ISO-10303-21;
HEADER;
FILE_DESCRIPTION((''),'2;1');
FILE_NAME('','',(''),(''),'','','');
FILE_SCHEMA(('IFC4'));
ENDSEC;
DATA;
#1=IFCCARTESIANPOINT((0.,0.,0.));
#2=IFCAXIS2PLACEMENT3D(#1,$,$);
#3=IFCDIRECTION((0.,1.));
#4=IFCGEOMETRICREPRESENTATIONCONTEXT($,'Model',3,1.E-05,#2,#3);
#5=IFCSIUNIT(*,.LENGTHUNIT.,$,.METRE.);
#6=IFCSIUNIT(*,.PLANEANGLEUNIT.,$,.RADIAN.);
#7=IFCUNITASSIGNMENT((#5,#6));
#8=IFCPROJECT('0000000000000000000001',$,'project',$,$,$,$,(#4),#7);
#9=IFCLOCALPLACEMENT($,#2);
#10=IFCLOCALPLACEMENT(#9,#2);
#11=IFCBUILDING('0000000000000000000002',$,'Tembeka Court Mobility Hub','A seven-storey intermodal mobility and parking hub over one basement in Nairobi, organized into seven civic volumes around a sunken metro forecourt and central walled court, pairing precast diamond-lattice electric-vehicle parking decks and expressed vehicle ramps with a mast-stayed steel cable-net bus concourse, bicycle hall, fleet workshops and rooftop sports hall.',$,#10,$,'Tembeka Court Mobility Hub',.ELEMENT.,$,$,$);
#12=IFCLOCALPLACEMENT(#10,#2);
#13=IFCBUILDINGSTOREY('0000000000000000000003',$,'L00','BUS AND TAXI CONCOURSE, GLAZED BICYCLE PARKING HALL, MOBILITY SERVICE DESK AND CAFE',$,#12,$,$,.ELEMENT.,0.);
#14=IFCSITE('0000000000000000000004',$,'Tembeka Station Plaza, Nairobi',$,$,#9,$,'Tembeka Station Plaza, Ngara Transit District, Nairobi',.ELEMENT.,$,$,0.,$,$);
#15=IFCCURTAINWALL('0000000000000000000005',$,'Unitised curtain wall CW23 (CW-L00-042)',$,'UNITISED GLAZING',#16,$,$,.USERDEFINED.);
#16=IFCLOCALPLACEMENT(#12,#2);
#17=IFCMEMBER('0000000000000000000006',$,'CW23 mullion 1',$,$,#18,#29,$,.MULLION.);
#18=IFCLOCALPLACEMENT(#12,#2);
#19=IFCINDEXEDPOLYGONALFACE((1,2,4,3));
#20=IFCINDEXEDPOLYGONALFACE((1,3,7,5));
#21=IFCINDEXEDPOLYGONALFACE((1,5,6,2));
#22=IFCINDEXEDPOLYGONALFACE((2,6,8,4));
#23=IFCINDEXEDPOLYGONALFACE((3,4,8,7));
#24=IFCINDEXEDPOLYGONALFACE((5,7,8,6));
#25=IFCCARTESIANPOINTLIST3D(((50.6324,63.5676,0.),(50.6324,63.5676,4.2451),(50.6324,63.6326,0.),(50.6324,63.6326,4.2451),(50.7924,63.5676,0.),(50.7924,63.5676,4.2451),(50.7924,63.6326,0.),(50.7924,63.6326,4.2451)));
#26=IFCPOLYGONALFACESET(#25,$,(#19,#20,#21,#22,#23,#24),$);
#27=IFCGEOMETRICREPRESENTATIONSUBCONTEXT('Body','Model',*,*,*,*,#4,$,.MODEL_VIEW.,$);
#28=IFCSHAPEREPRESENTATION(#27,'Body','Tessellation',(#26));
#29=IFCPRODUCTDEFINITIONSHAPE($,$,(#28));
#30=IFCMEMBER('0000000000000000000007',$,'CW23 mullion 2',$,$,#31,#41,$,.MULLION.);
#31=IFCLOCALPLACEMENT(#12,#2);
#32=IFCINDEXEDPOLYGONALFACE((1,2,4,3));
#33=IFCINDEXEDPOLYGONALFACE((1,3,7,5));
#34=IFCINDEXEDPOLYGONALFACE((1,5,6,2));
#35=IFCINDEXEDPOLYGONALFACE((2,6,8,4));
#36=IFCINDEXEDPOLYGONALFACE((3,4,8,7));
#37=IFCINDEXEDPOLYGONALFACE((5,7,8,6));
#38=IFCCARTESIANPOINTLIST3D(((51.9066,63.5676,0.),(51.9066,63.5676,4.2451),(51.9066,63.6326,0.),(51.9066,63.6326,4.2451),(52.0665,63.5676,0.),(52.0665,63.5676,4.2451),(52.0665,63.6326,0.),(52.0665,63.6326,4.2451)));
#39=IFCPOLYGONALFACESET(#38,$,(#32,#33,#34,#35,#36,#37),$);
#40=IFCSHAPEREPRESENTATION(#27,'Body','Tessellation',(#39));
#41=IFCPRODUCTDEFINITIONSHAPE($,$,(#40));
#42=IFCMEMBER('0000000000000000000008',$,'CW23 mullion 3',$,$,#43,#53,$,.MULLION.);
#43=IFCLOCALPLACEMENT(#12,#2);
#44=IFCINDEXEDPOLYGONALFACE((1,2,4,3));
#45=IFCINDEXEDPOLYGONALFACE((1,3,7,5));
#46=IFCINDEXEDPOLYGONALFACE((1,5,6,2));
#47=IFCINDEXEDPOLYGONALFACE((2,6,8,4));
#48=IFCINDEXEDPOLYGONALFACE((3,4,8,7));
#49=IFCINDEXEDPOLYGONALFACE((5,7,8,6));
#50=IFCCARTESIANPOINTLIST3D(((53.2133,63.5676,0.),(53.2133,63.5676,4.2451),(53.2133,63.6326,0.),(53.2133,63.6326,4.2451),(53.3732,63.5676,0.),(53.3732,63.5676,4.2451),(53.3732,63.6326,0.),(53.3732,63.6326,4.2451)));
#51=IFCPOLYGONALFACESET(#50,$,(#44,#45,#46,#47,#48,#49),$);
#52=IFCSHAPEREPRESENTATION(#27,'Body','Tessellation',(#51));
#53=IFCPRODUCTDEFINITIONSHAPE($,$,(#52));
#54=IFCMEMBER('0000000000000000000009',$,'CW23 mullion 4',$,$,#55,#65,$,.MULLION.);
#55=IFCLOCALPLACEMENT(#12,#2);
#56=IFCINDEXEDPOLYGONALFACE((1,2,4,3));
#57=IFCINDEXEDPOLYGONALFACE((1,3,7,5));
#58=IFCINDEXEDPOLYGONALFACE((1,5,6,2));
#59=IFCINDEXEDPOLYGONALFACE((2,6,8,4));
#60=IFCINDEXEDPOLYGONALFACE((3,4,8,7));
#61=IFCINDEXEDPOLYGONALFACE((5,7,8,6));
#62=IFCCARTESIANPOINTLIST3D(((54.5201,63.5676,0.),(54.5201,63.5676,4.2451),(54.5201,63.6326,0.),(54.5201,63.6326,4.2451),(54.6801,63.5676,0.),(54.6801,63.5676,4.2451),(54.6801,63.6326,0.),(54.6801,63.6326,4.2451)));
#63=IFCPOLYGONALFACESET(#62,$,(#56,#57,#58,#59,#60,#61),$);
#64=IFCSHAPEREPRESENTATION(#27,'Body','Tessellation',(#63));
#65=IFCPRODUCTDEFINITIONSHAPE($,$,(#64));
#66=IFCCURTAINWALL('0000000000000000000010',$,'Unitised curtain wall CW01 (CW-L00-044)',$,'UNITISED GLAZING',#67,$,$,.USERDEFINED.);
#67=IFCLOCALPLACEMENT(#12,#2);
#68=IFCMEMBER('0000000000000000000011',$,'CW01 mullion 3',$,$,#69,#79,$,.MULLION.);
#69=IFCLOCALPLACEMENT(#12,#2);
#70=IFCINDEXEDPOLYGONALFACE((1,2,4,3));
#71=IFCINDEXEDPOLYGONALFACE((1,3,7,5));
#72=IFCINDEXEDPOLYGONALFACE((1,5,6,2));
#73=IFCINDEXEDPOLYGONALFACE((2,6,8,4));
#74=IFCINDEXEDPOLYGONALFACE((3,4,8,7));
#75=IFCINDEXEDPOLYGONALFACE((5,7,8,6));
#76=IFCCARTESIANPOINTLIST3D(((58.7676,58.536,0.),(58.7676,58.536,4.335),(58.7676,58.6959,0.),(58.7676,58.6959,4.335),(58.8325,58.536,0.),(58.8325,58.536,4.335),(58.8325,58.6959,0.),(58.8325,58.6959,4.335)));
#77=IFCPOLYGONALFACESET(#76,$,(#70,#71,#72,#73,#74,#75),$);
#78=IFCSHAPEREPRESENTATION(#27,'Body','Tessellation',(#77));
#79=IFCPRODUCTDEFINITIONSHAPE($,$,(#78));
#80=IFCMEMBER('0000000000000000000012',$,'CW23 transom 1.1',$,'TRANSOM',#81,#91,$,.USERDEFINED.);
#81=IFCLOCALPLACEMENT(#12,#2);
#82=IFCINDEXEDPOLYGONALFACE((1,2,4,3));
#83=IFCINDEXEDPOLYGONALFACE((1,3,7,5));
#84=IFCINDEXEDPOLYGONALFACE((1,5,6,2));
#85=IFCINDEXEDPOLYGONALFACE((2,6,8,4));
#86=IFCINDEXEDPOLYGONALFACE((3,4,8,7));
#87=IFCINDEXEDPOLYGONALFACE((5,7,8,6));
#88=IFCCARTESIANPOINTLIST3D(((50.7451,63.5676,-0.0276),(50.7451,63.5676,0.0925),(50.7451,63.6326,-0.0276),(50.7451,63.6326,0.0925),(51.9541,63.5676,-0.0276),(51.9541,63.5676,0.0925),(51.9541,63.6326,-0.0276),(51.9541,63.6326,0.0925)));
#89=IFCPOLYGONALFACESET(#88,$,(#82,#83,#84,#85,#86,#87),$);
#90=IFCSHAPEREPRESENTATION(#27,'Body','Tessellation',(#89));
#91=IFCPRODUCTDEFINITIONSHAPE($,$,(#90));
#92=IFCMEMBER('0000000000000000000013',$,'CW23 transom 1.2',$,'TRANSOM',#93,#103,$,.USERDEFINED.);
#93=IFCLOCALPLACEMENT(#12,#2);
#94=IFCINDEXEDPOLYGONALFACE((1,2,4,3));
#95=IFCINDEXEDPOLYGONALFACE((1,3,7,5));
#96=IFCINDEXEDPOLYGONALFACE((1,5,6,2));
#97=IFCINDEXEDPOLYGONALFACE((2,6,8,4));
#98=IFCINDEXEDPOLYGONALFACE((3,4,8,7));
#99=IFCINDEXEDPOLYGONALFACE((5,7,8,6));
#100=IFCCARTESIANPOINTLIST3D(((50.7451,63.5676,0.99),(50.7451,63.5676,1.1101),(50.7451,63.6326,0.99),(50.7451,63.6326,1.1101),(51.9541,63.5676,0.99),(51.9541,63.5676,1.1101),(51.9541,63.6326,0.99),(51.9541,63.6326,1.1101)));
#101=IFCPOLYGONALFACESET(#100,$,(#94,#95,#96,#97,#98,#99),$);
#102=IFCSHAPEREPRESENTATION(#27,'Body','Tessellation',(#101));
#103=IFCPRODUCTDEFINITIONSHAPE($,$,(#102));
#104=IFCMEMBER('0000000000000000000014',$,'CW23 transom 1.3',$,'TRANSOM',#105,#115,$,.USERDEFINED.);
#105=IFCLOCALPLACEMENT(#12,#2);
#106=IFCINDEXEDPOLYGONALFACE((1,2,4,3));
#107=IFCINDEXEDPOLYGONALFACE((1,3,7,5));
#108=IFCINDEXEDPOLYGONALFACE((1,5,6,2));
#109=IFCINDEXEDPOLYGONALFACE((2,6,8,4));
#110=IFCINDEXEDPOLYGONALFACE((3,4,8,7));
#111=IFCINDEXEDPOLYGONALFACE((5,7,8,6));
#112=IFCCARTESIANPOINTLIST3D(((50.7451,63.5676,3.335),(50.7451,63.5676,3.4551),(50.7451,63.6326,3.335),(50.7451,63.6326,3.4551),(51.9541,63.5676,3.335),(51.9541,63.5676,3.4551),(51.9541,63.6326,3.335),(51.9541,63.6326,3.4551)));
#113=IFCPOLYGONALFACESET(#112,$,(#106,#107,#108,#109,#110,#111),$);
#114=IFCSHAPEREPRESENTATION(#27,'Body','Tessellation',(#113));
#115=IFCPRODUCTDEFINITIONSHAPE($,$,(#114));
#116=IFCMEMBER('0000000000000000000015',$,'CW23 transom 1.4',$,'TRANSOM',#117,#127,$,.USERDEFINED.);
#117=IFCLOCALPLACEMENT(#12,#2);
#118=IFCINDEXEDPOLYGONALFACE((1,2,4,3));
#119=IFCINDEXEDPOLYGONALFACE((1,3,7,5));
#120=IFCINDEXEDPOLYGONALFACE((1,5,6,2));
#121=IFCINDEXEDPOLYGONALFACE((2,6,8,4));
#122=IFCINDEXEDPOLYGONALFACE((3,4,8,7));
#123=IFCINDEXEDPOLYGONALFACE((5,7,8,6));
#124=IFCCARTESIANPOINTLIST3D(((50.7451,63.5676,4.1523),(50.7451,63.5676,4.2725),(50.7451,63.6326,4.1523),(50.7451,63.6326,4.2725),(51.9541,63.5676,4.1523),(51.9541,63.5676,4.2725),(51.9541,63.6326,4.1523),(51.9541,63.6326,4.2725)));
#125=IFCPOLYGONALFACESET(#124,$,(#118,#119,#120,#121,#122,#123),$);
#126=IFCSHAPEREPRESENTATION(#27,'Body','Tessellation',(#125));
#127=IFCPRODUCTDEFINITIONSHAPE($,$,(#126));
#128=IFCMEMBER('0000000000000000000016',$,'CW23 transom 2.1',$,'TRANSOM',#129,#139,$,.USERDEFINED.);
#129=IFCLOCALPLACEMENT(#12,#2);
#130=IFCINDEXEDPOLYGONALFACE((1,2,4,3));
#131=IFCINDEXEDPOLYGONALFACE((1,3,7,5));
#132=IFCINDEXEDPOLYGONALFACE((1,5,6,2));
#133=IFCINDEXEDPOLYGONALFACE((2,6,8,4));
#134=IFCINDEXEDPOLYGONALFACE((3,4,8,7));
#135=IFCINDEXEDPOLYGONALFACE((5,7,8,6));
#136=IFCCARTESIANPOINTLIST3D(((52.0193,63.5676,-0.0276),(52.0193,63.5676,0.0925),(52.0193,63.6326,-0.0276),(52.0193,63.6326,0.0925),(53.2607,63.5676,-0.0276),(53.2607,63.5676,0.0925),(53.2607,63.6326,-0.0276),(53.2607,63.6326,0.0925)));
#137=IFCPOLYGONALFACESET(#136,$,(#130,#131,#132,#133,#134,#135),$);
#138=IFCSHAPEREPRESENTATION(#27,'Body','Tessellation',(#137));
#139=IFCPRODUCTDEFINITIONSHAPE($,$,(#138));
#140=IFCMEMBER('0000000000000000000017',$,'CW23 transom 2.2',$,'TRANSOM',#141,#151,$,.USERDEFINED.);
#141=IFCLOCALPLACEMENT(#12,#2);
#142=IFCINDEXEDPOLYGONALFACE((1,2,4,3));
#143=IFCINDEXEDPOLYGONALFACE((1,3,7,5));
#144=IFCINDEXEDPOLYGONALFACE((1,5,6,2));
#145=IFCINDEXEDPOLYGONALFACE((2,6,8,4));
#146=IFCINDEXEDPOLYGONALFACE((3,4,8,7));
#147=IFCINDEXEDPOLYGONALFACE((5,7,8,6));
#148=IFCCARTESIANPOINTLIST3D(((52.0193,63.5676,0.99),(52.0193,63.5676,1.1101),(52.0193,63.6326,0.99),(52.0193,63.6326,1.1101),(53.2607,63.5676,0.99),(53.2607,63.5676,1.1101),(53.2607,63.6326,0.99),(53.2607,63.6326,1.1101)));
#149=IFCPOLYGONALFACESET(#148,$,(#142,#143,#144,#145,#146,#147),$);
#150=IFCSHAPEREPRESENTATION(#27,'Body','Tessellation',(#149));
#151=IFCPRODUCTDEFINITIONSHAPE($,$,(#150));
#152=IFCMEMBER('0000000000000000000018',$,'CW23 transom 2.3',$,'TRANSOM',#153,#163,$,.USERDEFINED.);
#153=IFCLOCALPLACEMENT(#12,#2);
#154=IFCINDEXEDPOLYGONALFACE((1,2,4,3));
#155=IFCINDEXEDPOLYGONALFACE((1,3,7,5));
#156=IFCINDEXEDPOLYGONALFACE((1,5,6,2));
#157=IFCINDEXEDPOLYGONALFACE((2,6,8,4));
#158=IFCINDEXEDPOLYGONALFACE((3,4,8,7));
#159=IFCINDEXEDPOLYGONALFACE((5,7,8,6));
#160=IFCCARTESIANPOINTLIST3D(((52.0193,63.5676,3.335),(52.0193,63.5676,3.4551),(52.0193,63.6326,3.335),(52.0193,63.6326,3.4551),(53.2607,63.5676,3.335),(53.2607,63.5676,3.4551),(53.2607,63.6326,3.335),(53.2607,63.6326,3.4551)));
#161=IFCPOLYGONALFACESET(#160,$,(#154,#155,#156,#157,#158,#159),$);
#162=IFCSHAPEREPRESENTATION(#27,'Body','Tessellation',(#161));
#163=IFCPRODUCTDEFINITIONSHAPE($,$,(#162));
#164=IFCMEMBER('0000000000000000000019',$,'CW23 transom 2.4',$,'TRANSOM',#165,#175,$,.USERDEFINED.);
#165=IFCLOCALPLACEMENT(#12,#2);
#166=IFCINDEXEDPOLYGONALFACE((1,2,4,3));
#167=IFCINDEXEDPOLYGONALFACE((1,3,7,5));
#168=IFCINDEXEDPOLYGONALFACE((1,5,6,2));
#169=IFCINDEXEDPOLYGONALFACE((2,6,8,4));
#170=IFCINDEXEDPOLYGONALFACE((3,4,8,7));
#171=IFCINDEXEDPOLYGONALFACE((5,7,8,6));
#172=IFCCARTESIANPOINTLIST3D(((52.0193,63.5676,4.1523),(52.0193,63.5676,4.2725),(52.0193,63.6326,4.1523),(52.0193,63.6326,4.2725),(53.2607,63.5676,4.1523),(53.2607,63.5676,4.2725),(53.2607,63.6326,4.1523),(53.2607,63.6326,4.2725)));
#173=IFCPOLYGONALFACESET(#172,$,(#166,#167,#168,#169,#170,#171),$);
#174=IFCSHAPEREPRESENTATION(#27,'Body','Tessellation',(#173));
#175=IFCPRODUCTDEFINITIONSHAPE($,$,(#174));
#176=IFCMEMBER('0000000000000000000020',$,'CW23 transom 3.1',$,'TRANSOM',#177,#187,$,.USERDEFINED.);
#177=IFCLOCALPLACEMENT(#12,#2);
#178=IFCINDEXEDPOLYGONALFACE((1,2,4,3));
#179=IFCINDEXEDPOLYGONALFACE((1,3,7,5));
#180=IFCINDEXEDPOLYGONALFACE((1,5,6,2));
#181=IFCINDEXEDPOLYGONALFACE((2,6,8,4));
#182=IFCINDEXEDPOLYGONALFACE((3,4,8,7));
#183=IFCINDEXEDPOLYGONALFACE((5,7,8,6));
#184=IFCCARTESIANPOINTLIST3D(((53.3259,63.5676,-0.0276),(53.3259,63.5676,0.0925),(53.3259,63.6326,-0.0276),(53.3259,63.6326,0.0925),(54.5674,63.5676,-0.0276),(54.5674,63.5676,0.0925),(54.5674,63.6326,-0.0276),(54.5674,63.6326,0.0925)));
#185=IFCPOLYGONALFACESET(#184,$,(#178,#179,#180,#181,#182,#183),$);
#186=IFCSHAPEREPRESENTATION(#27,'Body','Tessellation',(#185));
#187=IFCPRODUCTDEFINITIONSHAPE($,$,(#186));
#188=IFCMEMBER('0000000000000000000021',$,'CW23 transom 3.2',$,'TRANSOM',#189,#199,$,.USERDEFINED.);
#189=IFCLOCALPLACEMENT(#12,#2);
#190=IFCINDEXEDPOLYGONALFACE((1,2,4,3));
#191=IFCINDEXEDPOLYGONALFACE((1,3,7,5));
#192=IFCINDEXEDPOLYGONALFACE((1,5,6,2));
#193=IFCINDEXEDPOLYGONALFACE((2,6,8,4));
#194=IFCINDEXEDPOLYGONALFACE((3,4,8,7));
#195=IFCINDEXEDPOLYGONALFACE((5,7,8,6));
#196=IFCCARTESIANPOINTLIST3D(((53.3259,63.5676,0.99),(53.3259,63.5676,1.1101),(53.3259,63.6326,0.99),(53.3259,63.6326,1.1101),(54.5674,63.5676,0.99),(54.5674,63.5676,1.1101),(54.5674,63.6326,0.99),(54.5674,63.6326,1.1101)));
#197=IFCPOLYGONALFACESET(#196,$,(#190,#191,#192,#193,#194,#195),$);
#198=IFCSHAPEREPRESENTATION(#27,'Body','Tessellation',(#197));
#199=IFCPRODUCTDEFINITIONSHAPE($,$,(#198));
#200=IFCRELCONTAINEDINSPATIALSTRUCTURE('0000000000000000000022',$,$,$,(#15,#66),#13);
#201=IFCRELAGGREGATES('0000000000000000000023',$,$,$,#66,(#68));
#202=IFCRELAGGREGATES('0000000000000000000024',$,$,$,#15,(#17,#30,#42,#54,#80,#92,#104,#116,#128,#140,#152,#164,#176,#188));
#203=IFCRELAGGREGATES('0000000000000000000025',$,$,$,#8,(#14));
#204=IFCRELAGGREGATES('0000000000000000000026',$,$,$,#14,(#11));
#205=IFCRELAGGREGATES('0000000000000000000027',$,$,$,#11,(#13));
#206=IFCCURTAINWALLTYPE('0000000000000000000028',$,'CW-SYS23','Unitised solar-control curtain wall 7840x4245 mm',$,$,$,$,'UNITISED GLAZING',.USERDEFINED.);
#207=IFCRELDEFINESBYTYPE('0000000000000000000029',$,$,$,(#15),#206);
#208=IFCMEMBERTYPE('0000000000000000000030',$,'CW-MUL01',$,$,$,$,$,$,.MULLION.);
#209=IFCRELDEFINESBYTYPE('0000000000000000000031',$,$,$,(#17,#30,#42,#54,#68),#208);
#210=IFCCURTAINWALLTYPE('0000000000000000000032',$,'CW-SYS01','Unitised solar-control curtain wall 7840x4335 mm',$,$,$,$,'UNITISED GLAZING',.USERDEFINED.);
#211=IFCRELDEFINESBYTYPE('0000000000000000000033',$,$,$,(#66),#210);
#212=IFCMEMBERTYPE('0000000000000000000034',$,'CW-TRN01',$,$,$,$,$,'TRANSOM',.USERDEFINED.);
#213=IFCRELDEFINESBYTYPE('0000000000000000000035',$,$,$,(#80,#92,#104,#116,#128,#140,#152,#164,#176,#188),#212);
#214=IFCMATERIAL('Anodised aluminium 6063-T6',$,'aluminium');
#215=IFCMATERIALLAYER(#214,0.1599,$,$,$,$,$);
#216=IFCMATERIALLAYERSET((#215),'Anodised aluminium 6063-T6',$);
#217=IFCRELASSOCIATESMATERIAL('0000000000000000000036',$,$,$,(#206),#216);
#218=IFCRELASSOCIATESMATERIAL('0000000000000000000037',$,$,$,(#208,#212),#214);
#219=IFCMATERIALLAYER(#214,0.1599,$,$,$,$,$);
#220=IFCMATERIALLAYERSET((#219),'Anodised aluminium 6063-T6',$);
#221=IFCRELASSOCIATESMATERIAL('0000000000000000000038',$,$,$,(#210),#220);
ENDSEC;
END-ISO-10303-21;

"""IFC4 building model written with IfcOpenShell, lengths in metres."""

from ifc_helpers import new_model, si_unit, direction, frame, origin, origin_2d, place, context, subcontext, project, spatial, rectangle, extrude, material, layer, layer_set, material_profile, profile_set, type_object, element, aggregate, save


model = new_model("IFC4")

# Units and contexts
model_context = context("Model", 3, precision=1e-05, world=origin(), true_north=direction((0.0, 1.0)))
body_context = subcontext(model_context, "Body", "Model", "MODEL_VIEW")
ifc_project = project(units=[si_unit("LENGTHUNIT", "METRE"), si_unit("PLANEANGLEUNIT", "RADIAN")], contexts=[model_context])

# Site, building, storey
site_placement = place(None, origin())
site = spatial("IfcSite", under=ifc_project, at=site_placement, Name="Tembeka Station Plaza, Nairobi", LongName="Tembeka Station Plaza, Ngara Transit District, Nairobi", CompositionType="ELEMENT", RefElevation=0.0)
building_placement = place(site_placement, origin())
building = spatial("IfcBuilding", under=site, at=building_placement, Name="Tembeka Court Mobility Hub", Description="A seven-storey intermodal mobility and parking hub over one basement in Nairobi, organized into seven civic volumes around a sunken metro forecourt and central walled court, pairing precast diamond-lattice electric-vehicle parking decks and expressed vehicle ramps with a mast-stayed steel cable-net bus concourse, bicycle hall, fleet workshops and rooftop sports hall.", LongName="Tembeka Court Mobility Hub", CompositionType="ELEMENT")
storey_placement = place(building_placement, origin())
storey = spatial("IfcBuildingStorey", under=building, at=storey_placement, Name="L00", Description="BUS AND TAXI CONCOURSE, GLAZED BICYCLE PARKING HALL, MOBILITY SERVICE DESK AND CAFE", CompositionType="ELEMENT", Elevation=0.0)

# Curtain wall, members
ifc_material_1 = material(Name="Anodised aluminium 6063-T6", Category="aluminium")
ifc_layer_1 = layer(ifc_material_1, 0.1599)
ifc_layer_set_1 = layer_set([ifc_layer_1], Name="Anodised aluminium 6063-T6")
curtain_wall_type_1 = type_object("IfcCurtainWallType", Name="CW-SYS23", Description="Unitised solar-control curtain wall 7840x4245 mm", ElementType="UNITISED GLAZING", PredefinedType="USERDEFINED", material=ifc_layer_set_1)
curtain_wall_1_placement = place(storey_placement, origin())
curtain_wall_1 = element("IfcCurtainWall", 1, at=curtain_wall_1_placement, inside=storey, type_object=curtain_wall_type_1, Name="Unitised curtain wall CW23 (CW-L00-042)", ObjectType="UNITISED GLAZING", PredefinedType="USERDEFINED")
ifc_material_profile_1 = material_profile(ifc_material_1, rectangle(XDim=0.0649, YDim=0.1599, at=origin_2d()), Name="ALU-MUL 65x160")
ifc_profile_set_1 = profile_set([ifc_material_profile_1], Name="Anodised aluminium 6063-T6")
member_type_1 = type_object("IfcMemberType", Name="CW-MUL01", PredefinedType="MULLION", material=ifc_profile_set_1)
member_1_placement = place(storey_placement, frame((50.7124, 63.6001, 0.0), z_axis=(0.0, 0.0, 1.0), x_axis=(0.0, 1.0, 0.0)))
member_1 = element("IfcMember", 2, at=member_1_placement, type_object=member_type_1, Name="CW23 mullion 1", PredefinedType="MULLION", context=body_context, shape_type="SweptSolid", body=[
    extrude(rectangle(XDim=0.0649, YDim=0.1599, at=origin_2d()), origin(), (0.0, 0.0, 1.0), 4.2451),
])
member_2_placement = place(storey_placement, frame((51.9866, 63.6001, 0.0), z_axis=(0.0, 0.0, 1.0), x_axis=(0.0, 1.0, 0.0)))
member_2 = element("IfcMember", 3, at=member_2_placement, type_object=member_type_1, Name="CW23 mullion 2", PredefinedType="MULLION", context=body_context, shape_type="SweptSolid", body=[
    extrude(rectangle(XDim=0.0649, YDim=0.1599, at=origin_2d()), origin(), (0.0, 0.0, 1.0), 4.2451),
])
member_3_placement = place(storey_placement, frame((53.2932, 63.6001, 0.0), z_axis=(0.0, 0.0, 1.0), x_axis=(0.0, 1.0, 0.0)))
member_3 = element("IfcMember", 4, at=member_3_placement, type_object=member_type_1, Name="CW23 mullion 3", PredefinedType="MULLION", context=body_context, shape_type="SweptSolid", body=[
    extrude(rectangle(XDim=0.0649, YDim=0.1599, at=origin_2d()), origin(), (0.0, 0.0, 1.0), 4.2451),
])
member_4_placement = place(storey_placement, frame((54.6001, 63.6001, 0.0), z_axis=(0.0, 0.0, 1.0), x_axis=(0.0, 1.0, 0.0)))
member_4 = element("IfcMember", 5, at=member_4_placement, type_object=member_type_1, Name="CW23 mullion 4", PredefinedType="MULLION", context=body_context, shape_type="SweptSolid", body=[
    extrude(rectangle(XDim=0.0649, YDim=0.1599, at=origin_2d()), origin(), (0.0, 0.0, 1.0), 4.2451),
])

# Curtain wall, member
ifc_layer_2 = layer(ifc_material_1, 0.1599)
ifc_layer_set_2 = layer_set([ifc_layer_2], Name="Anodised aluminium 6063-T6")
curtain_wall_type_2 = type_object("IfcCurtainWallType", Name="CW-SYS01", Description="Unitised solar-control curtain wall 7840x4335 mm", ElementType="UNITISED GLAZING", PredefinedType="USERDEFINED", material=ifc_layer_set_2)
curtain_wall_2_placement = place(storey_placement, origin())
curtain_wall_2 = element("IfcCurtainWall", 6, at=curtain_wall_2_placement, inside=storey, type_object=curtain_wall_type_2, Name="Unitised curtain wall CW01 (CW-L00-044)", ObjectType="UNITISED GLAZING", PredefinedType="USERDEFINED")
member_5_placement = place(storey_placement, frame((58.8, 58.616, 0.0), z_axis=(0.0, 0.0, 1.0), x_axis=(-1.0, 0.0, 0.0)))
member_5 = element("IfcMember", 7, at=member_5_placement, type_object=member_type_1, Name="CW01 mullion 3", PredefinedType="MULLION", context=body_context, shape_type="SweptSolid", body=[
    extrude(rectangle(XDim=0.0649, YDim=0.1599, at=origin_2d()), origin(), (0.0, 0.0, 1.0), 4.335),
])
aggregate(curtain_wall_2, [member_5])

# Members
ifc_material_profile_2 = material_profile(ifc_material_1, rectangle(XDim=0.0649, YDim=0.1201, at=origin_2d()), Name="ALU-TRN 65x120")
ifc_profile_set_2 = profile_set([ifc_material_profile_2], Name="Anodised aluminium 6063-T6")
member_type_2 = type_object("IfcMemberType", Name="CW-TRN01", ElementType="TRANSOM", PredefinedType="USERDEFINED", material=ifc_profile_set_2)
member_6_placement = place(storey_placement, frame((50.7451, 63.6001, 0.0325), z_axis=(1.0, 0.0, 0.0), x_axis=(0.0, 1.0, 0.0)))
member_6 = element("IfcMember", 8, at=member_6_placement, type_object=member_type_2, Name="CW23 transom 1.1", ObjectType="TRANSOM", PredefinedType="USERDEFINED", context=body_context, shape_type="SweptSolid", body=[
    extrude(rectangle(XDim=0.0649, YDim=0.1201, at=origin_2d()), origin(), (0.0, 0.0, 1.0), 1.209),
])
member_7_placement = place(storey_placement, frame((50.7451, 63.6001, 1.05), z_axis=(1.0, 0.0, 0.0), x_axis=(0.0, 1.0, 0.0)))
member_7 = element("IfcMember", 9, at=member_7_placement, type_object=member_type_2, Name="CW23 transom 1.2", ObjectType="TRANSOM", PredefinedType="USERDEFINED", context=body_context, shape_type="SweptSolid", body=[
    extrude(rectangle(XDim=0.0649, YDim=0.1201, at=origin_2d()), origin(), (0.0, 0.0, 1.0), 1.209),
])
member_8_placement = place(storey_placement, frame((50.7451, 63.6001, 3.395), z_axis=(1.0, 0.0, 0.0), x_axis=(0.0, 1.0, 0.0)))
member_8 = element("IfcMember", 10, at=member_8_placement, type_object=member_type_2, Name="CW23 transom 1.3", ObjectType="TRANSOM", PredefinedType="USERDEFINED", context=body_context, shape_type="SweptSolid", body=[
    extrude(rectangle(XDim=0.0649, YDim=0.1201, at=origin_2d()), origin(), (0.0, 0.0, 1.0), 1.209),
])
member_9_placement = place(storey_placement, frame((50.7451, 63.6001, 4.2124), z_axis=(1.0, 0.0, 0.0), x_axis=(0.0, 1.0, 0.0)))
member_9 = element("IfcMember", 11, at=member_9_placement, type_object=member_type_2, Name="CW23 transom 1.4", ObjectType="TRANSOM", PredefinedType="USERDEFINED", context=body_context, shape_type="SweptSolid", body=[
    extrude(rectangle(XDim=0.0649, YDim=0.1201, at=origin_2d()), origin(), (0.0, 0.0, 1.0), 1.209),
])
member_10_placement = place(storey_placement, frame((52.0193, 63.6001, 0.0325), z_axis=(1.0, 0.0, 0.0), x_axis=(0.0, 1.0, 0.0)))
member_10 = element("IfcMember", 12, at=member_10_placement, type_object=member_type_2, Name="CW23 transom 2.1", ObjectType="TRANSOM", PredefinedType="USERDEFINED", context=body_context, shape_type="SweptSolid", body=[
    extrude(rectangle(XDim=0.0649, YDim=0.1201, at=origin_2d()), origin(), (0.0, 0.0, 1.0), 1.2415),
])
member_11_placement = place(storey_placement, frame((52.0193, 63.6001, 1.05), z_axis=(1.0, 0.0, 0.0), x_axis=(0.0, 1.0, 0.0)))
member_11 = element("IfcMember", 13, at=member_11_placement, type_object=member_type_2, Name="CW23 transom 2.2", ObjectType="TRANSOM", PredefinedType="USERDEFINED", context=body_context, shape_type="SweptSolid", body=[
    extrude(rectangle(XDim=0.0649, YDim=0.1201, at=origin_2d()), origin(), (0.0, 0.0, 1.0), 1.2415),
])
member_12_placement = place(storey_placement, frame((52.0193, 63.6001, 3.395), z_axis=(1.0, 0.0, 0.0), x_axis=(0.0, 1.0, 0.0)))
member_12 = element("IfcMember", 14, at=member_12_placement, type_object=member_type_2, Name="CW23 transom 2.3", ObjectType="TRANSOM", PredefinedType="USERDEFINED", context=body_context, shape_type="SweptSolid", body=[
    extrude(rectangle(XDim=0.0649, YDim=0.1201, at=origin_2d()), origin(), (0.0, 0.0, 1.0), 1.2415),
])
member_13_placement = place(storey_placement, frame((52.0193, 63.6001, 4.2124), z_axis=(1.0, 0.0, 0.0), x_axis=(0.0, 1.0, 0.0)))
member_13 = element("IfcMember", 15, at=member_13_placement, type_object=member_type_2, Name="CW23 transom 2.4", ObjectType="TRANSOM", PredefinedType="USERDEFINED", context=body_context, shape_type="SweptSolid", body=[
    extrude(rectangle(XDim=0.0649, YDim=0.1201, at=origin_2d()), origin(), (0.0, 0.0, 1.0), 1.2415),
])
member_14_placement = place(storey_placement, frame((53.3259, 63.6001, 0.0325), z_axis=(1.0, 0.0, 0.0), x_axis=(0.0, 1.0, 0.0)))
member_14 = element("IfcMember", 16, at=member_14_placement, type_object=member_type_2, Name="CW23 transom 3.1", ObjectType="TRANSOM", PredefinedType="USERDEFINED", context=body_context, shape_type="SweptSolid", body=[
    extrude(rectangle(XDim=0.0649, YDim=0.1201, at=origin_2d()), origin(), (0.0, 0.0, 1.0), 1.2415),
])
member_15_placement = place(storey_placement, frame((53.3259, 63.6001, 1.05), z_axis=(1.0, 0.0, 0.0), x_axis=(0.0, 1.0, 0.0)))
member_15 = element("IfcMember", 17, at=member_15_placement, type_object=member_type_2, Name="CW23 transom 3.2", ObjectType="TRANSOM", PredefinedType="USERDEFINED", context=body_context, shape_type="SweptSolid", body=[
    extrude(rectangle(XDim=0.0649, YDim=0.1201, at=origin_2d()), origin(), (0.0, 0.0, 1.0), 1.2415),
])

aggregate(curtain_wall_1, [member_1, member_2, member_3, member_4, member_6, member_7, member_8, member_9, member_10, member_11, member_12, member_13, member_14, member_15])

save(model, "model.ifc")
